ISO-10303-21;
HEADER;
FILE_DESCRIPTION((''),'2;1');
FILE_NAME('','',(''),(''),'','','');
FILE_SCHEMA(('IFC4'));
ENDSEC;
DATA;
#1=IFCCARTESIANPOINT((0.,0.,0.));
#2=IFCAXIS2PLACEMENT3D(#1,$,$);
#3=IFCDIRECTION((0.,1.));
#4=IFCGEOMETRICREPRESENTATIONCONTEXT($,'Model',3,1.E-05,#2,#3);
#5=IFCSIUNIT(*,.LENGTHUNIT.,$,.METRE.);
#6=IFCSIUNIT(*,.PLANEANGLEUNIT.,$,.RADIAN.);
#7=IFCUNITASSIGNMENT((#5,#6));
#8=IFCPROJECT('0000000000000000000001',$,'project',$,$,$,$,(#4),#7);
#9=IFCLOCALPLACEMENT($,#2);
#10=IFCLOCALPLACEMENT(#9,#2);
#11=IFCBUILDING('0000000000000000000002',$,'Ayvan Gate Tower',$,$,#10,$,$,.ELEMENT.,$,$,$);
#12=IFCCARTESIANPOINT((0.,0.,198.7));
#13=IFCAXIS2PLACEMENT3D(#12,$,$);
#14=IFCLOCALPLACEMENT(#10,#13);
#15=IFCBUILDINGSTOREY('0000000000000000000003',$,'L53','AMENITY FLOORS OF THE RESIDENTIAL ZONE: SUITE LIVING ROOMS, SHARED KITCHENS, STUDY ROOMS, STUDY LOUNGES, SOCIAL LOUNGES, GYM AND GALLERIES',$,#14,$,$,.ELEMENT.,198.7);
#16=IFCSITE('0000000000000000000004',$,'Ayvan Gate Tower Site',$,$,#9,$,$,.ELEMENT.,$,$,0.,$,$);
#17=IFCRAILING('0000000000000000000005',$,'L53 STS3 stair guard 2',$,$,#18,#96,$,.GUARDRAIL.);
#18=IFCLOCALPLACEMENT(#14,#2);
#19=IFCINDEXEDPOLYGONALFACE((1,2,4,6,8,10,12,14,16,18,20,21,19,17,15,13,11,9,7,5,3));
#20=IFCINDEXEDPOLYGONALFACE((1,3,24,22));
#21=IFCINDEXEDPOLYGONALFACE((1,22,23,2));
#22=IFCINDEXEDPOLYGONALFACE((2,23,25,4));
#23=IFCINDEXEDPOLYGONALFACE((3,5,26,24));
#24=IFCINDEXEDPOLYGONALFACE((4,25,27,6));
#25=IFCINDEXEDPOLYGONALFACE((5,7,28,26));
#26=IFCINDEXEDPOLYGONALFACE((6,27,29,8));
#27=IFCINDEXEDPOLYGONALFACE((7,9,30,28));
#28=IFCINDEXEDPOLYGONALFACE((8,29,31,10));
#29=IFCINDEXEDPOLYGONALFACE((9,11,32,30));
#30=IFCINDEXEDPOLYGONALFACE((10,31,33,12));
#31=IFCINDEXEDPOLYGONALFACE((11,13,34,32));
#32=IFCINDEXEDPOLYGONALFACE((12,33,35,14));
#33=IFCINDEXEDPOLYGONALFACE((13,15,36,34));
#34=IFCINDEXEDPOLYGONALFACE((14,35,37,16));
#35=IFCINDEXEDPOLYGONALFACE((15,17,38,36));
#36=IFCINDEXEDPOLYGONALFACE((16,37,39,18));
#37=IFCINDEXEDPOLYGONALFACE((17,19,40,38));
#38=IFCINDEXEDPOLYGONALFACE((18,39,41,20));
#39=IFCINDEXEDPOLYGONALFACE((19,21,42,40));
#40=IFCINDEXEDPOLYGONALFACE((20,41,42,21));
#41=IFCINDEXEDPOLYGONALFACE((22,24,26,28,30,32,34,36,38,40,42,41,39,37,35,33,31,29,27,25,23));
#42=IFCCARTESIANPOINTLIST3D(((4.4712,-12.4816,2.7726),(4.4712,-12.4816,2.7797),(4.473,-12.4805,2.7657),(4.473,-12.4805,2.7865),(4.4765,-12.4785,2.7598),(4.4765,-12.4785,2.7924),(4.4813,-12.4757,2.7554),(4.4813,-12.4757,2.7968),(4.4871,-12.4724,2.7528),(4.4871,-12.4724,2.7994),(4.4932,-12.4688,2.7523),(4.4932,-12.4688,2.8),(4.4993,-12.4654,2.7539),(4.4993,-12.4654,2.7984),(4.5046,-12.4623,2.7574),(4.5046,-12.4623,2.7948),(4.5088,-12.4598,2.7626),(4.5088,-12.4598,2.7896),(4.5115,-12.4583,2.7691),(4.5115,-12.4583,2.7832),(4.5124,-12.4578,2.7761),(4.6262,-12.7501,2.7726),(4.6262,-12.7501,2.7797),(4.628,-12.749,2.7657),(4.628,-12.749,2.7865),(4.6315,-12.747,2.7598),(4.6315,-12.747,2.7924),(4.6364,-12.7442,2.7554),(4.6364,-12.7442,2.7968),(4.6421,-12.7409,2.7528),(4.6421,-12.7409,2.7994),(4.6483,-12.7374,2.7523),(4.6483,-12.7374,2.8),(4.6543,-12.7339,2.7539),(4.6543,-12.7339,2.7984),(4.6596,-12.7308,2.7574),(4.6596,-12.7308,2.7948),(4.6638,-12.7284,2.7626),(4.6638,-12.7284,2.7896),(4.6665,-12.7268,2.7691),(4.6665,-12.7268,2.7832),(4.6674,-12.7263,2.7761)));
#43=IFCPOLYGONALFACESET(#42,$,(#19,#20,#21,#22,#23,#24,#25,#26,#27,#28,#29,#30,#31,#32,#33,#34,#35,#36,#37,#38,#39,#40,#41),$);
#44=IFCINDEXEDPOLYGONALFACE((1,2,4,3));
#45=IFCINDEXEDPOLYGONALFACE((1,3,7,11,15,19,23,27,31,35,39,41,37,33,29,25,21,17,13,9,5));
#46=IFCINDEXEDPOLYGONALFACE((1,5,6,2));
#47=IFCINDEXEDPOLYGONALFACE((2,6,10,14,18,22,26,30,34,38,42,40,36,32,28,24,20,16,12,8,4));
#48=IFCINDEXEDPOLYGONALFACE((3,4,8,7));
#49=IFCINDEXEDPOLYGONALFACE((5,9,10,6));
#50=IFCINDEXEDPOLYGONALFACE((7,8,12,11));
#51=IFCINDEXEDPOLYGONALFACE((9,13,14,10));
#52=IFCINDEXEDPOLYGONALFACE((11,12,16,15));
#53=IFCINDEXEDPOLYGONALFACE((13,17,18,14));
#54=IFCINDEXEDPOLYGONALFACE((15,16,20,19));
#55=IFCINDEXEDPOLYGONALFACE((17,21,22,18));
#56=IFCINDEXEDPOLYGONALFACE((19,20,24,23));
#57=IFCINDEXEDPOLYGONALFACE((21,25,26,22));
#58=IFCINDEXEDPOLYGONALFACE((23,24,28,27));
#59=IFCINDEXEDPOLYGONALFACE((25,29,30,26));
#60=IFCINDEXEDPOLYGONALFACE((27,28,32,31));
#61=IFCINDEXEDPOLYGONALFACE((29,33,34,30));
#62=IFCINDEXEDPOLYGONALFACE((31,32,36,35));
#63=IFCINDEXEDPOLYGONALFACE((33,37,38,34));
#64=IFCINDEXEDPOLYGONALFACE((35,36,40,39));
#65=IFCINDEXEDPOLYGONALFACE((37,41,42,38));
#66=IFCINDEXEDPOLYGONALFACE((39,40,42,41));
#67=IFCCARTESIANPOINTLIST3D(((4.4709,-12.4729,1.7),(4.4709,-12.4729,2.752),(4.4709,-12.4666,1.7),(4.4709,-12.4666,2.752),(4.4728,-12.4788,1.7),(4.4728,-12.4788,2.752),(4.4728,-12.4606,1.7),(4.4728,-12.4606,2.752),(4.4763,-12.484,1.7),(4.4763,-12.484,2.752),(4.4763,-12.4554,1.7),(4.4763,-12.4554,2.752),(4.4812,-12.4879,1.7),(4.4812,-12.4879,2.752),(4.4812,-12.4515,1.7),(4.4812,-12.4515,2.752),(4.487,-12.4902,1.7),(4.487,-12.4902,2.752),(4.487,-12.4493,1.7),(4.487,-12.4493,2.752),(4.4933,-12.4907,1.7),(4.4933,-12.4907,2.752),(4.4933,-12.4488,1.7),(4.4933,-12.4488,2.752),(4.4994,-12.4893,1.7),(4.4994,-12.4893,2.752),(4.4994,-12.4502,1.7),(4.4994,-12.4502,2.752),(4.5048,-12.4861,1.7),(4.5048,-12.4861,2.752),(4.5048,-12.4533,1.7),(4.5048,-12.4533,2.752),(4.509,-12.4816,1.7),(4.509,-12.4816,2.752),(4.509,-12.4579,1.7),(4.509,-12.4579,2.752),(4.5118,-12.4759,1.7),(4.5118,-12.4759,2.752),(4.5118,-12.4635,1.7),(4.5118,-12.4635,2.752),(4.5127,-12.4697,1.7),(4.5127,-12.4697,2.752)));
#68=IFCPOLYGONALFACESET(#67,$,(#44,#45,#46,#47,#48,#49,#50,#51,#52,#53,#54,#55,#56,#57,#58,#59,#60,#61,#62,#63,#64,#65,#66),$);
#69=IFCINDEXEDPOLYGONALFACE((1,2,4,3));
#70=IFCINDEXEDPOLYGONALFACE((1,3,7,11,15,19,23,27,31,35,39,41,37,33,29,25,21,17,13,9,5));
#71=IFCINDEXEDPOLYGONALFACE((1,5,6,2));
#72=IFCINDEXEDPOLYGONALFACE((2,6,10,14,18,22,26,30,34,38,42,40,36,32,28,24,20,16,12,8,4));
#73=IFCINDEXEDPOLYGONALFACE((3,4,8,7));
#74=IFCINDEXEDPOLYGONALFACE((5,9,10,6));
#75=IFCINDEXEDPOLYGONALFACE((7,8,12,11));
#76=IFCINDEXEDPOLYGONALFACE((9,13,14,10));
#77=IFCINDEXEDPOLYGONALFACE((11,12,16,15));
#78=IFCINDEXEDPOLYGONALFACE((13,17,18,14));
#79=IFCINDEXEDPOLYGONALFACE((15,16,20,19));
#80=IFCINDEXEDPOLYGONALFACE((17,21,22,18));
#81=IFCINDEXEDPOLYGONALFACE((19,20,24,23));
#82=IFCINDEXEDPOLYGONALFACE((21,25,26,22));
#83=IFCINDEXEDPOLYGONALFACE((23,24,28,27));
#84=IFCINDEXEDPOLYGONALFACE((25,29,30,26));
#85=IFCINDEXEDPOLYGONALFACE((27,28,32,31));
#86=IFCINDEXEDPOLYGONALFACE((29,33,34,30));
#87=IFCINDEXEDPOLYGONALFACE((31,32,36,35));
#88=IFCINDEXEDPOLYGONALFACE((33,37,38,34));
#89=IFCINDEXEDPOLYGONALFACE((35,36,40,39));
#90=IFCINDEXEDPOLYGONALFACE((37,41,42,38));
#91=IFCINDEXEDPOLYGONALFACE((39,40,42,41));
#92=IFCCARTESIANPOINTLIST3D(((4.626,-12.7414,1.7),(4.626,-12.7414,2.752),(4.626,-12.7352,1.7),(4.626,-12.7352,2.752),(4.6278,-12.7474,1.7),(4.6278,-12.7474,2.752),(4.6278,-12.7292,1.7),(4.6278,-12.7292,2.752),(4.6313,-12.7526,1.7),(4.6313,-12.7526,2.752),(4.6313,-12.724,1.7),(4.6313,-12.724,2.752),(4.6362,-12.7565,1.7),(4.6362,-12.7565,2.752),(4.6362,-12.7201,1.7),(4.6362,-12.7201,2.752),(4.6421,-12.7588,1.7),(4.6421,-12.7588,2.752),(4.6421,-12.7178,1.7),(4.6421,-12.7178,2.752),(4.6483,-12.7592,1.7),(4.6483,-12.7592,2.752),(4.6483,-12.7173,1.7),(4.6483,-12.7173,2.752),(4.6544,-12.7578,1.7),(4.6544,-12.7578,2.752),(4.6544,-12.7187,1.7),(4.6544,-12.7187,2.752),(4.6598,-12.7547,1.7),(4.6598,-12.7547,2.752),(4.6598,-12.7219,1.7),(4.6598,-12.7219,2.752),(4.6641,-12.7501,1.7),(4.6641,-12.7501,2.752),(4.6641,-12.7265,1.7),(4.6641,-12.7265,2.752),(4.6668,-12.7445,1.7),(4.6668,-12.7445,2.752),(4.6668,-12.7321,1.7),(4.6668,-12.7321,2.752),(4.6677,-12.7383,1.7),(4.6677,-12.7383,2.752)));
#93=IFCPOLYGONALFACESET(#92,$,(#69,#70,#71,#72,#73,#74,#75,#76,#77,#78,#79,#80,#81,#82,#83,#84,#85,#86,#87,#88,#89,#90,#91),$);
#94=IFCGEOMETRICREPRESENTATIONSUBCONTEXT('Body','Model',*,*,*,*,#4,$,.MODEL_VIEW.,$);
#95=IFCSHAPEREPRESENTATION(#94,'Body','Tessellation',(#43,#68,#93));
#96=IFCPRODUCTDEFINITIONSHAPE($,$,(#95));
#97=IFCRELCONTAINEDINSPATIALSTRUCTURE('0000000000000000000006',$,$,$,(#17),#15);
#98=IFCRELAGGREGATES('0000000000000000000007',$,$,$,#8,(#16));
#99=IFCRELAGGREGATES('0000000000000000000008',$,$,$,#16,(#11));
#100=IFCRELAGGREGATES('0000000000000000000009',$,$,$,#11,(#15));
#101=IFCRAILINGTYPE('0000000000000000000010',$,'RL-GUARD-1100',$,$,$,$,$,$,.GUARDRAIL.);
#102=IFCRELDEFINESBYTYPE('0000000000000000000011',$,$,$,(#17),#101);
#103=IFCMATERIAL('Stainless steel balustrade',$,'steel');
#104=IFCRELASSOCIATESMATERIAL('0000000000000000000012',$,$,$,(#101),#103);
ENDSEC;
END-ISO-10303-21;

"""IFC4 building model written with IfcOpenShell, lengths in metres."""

from ifc_helpers import new_model, si_unit, direction, frame, origin, origin_2d, place, context, subcontext, project, spatial, circle, extrude, material, type_object, element, save


model = new_model("IFC4")

# Units and contexts
model_context = context("Model", 3, precision=1e-05, world=origin(), true_north=direction((0.0, 1.0)))
body_context = subcontext(model_context, "Body", "Model", "MODEL_VIEW")
ifc_project = project(units=[si_unit("LENGTHUNIT", "METRE"), si_unit("PLANEANGLEUNIT", "RADIAN")], contexts=[model_context])

# Site, building, storey
site_placement = place(None, origin())
site = spatial("IfcSite", under=ifc_project, at=site_placement, Name="Ayvan Gate Tower Site", CompositionType="ELEMENT", RefElevation=0.0)
building_placement = place(site_placement, origin())
building = spatial("IfcBuilding", under=site, at=building_placement, Name="Ayvan Gate Tower", CompositionType="ELEMENT")
storey_placement = place(building_placement, frame((0.0, 0.0, 198.7)))
storey = spatial("IfcBuildingStorey", under=building, at=storey_placement, Name="L53", Description="AMENITY FLOORS OF THE RESIDENTIAL ZONE: SUITE LIVING ROOMS, SHARED KITCHENS, STUDY ROOMS, STUDY LOUNGES, SOCIAL LOUNGES, GYM AND GALLERIES", CompositionType="ELEMENT", Elevation=198.7)

# Railing
ifc_material_1 = material(Name="Stainless steel balustrade", Category="steel")
railing_type_1 = type_object("IfcRailingType", Name="RL-GUARD-1100", PredefinedType="GUARDRAIL", material=ifc_material_1)
railing_1_placement = place(storey_placement, frame((4.4917, -12.4697, 1.7)))
element("IfcRailing", 1, at=railing_1_placement, inside=storey, type_object=railing_type_1, Name="L53 STS3 stair guard 2", PredefinedType="GUARDRAIL", context=body_context, shape_type="SweptSolid", body=[
    extrude(circle(Radius=0.0239, at=origin_2d()), frame((0.0, 0.0, 1.0762), z_axis=(0.49995, -0.866054, 0.0), x_axis=(0.866054, 0.49995, 0.0)), (0.0, 0.0, 1.0), 0.3101),
    extrude(circle(Radius=0.021, at=origin_2d()), origin(), (0.0, 0.0, 1.0), 1.052),
    extrude(circle(Radius=0.021, at=origin_2d()), frame((0.155, -0.2686, 0.0)), (0.0, 0.0, 1.0), 1.052),
])

save(model, "model.ifc")
